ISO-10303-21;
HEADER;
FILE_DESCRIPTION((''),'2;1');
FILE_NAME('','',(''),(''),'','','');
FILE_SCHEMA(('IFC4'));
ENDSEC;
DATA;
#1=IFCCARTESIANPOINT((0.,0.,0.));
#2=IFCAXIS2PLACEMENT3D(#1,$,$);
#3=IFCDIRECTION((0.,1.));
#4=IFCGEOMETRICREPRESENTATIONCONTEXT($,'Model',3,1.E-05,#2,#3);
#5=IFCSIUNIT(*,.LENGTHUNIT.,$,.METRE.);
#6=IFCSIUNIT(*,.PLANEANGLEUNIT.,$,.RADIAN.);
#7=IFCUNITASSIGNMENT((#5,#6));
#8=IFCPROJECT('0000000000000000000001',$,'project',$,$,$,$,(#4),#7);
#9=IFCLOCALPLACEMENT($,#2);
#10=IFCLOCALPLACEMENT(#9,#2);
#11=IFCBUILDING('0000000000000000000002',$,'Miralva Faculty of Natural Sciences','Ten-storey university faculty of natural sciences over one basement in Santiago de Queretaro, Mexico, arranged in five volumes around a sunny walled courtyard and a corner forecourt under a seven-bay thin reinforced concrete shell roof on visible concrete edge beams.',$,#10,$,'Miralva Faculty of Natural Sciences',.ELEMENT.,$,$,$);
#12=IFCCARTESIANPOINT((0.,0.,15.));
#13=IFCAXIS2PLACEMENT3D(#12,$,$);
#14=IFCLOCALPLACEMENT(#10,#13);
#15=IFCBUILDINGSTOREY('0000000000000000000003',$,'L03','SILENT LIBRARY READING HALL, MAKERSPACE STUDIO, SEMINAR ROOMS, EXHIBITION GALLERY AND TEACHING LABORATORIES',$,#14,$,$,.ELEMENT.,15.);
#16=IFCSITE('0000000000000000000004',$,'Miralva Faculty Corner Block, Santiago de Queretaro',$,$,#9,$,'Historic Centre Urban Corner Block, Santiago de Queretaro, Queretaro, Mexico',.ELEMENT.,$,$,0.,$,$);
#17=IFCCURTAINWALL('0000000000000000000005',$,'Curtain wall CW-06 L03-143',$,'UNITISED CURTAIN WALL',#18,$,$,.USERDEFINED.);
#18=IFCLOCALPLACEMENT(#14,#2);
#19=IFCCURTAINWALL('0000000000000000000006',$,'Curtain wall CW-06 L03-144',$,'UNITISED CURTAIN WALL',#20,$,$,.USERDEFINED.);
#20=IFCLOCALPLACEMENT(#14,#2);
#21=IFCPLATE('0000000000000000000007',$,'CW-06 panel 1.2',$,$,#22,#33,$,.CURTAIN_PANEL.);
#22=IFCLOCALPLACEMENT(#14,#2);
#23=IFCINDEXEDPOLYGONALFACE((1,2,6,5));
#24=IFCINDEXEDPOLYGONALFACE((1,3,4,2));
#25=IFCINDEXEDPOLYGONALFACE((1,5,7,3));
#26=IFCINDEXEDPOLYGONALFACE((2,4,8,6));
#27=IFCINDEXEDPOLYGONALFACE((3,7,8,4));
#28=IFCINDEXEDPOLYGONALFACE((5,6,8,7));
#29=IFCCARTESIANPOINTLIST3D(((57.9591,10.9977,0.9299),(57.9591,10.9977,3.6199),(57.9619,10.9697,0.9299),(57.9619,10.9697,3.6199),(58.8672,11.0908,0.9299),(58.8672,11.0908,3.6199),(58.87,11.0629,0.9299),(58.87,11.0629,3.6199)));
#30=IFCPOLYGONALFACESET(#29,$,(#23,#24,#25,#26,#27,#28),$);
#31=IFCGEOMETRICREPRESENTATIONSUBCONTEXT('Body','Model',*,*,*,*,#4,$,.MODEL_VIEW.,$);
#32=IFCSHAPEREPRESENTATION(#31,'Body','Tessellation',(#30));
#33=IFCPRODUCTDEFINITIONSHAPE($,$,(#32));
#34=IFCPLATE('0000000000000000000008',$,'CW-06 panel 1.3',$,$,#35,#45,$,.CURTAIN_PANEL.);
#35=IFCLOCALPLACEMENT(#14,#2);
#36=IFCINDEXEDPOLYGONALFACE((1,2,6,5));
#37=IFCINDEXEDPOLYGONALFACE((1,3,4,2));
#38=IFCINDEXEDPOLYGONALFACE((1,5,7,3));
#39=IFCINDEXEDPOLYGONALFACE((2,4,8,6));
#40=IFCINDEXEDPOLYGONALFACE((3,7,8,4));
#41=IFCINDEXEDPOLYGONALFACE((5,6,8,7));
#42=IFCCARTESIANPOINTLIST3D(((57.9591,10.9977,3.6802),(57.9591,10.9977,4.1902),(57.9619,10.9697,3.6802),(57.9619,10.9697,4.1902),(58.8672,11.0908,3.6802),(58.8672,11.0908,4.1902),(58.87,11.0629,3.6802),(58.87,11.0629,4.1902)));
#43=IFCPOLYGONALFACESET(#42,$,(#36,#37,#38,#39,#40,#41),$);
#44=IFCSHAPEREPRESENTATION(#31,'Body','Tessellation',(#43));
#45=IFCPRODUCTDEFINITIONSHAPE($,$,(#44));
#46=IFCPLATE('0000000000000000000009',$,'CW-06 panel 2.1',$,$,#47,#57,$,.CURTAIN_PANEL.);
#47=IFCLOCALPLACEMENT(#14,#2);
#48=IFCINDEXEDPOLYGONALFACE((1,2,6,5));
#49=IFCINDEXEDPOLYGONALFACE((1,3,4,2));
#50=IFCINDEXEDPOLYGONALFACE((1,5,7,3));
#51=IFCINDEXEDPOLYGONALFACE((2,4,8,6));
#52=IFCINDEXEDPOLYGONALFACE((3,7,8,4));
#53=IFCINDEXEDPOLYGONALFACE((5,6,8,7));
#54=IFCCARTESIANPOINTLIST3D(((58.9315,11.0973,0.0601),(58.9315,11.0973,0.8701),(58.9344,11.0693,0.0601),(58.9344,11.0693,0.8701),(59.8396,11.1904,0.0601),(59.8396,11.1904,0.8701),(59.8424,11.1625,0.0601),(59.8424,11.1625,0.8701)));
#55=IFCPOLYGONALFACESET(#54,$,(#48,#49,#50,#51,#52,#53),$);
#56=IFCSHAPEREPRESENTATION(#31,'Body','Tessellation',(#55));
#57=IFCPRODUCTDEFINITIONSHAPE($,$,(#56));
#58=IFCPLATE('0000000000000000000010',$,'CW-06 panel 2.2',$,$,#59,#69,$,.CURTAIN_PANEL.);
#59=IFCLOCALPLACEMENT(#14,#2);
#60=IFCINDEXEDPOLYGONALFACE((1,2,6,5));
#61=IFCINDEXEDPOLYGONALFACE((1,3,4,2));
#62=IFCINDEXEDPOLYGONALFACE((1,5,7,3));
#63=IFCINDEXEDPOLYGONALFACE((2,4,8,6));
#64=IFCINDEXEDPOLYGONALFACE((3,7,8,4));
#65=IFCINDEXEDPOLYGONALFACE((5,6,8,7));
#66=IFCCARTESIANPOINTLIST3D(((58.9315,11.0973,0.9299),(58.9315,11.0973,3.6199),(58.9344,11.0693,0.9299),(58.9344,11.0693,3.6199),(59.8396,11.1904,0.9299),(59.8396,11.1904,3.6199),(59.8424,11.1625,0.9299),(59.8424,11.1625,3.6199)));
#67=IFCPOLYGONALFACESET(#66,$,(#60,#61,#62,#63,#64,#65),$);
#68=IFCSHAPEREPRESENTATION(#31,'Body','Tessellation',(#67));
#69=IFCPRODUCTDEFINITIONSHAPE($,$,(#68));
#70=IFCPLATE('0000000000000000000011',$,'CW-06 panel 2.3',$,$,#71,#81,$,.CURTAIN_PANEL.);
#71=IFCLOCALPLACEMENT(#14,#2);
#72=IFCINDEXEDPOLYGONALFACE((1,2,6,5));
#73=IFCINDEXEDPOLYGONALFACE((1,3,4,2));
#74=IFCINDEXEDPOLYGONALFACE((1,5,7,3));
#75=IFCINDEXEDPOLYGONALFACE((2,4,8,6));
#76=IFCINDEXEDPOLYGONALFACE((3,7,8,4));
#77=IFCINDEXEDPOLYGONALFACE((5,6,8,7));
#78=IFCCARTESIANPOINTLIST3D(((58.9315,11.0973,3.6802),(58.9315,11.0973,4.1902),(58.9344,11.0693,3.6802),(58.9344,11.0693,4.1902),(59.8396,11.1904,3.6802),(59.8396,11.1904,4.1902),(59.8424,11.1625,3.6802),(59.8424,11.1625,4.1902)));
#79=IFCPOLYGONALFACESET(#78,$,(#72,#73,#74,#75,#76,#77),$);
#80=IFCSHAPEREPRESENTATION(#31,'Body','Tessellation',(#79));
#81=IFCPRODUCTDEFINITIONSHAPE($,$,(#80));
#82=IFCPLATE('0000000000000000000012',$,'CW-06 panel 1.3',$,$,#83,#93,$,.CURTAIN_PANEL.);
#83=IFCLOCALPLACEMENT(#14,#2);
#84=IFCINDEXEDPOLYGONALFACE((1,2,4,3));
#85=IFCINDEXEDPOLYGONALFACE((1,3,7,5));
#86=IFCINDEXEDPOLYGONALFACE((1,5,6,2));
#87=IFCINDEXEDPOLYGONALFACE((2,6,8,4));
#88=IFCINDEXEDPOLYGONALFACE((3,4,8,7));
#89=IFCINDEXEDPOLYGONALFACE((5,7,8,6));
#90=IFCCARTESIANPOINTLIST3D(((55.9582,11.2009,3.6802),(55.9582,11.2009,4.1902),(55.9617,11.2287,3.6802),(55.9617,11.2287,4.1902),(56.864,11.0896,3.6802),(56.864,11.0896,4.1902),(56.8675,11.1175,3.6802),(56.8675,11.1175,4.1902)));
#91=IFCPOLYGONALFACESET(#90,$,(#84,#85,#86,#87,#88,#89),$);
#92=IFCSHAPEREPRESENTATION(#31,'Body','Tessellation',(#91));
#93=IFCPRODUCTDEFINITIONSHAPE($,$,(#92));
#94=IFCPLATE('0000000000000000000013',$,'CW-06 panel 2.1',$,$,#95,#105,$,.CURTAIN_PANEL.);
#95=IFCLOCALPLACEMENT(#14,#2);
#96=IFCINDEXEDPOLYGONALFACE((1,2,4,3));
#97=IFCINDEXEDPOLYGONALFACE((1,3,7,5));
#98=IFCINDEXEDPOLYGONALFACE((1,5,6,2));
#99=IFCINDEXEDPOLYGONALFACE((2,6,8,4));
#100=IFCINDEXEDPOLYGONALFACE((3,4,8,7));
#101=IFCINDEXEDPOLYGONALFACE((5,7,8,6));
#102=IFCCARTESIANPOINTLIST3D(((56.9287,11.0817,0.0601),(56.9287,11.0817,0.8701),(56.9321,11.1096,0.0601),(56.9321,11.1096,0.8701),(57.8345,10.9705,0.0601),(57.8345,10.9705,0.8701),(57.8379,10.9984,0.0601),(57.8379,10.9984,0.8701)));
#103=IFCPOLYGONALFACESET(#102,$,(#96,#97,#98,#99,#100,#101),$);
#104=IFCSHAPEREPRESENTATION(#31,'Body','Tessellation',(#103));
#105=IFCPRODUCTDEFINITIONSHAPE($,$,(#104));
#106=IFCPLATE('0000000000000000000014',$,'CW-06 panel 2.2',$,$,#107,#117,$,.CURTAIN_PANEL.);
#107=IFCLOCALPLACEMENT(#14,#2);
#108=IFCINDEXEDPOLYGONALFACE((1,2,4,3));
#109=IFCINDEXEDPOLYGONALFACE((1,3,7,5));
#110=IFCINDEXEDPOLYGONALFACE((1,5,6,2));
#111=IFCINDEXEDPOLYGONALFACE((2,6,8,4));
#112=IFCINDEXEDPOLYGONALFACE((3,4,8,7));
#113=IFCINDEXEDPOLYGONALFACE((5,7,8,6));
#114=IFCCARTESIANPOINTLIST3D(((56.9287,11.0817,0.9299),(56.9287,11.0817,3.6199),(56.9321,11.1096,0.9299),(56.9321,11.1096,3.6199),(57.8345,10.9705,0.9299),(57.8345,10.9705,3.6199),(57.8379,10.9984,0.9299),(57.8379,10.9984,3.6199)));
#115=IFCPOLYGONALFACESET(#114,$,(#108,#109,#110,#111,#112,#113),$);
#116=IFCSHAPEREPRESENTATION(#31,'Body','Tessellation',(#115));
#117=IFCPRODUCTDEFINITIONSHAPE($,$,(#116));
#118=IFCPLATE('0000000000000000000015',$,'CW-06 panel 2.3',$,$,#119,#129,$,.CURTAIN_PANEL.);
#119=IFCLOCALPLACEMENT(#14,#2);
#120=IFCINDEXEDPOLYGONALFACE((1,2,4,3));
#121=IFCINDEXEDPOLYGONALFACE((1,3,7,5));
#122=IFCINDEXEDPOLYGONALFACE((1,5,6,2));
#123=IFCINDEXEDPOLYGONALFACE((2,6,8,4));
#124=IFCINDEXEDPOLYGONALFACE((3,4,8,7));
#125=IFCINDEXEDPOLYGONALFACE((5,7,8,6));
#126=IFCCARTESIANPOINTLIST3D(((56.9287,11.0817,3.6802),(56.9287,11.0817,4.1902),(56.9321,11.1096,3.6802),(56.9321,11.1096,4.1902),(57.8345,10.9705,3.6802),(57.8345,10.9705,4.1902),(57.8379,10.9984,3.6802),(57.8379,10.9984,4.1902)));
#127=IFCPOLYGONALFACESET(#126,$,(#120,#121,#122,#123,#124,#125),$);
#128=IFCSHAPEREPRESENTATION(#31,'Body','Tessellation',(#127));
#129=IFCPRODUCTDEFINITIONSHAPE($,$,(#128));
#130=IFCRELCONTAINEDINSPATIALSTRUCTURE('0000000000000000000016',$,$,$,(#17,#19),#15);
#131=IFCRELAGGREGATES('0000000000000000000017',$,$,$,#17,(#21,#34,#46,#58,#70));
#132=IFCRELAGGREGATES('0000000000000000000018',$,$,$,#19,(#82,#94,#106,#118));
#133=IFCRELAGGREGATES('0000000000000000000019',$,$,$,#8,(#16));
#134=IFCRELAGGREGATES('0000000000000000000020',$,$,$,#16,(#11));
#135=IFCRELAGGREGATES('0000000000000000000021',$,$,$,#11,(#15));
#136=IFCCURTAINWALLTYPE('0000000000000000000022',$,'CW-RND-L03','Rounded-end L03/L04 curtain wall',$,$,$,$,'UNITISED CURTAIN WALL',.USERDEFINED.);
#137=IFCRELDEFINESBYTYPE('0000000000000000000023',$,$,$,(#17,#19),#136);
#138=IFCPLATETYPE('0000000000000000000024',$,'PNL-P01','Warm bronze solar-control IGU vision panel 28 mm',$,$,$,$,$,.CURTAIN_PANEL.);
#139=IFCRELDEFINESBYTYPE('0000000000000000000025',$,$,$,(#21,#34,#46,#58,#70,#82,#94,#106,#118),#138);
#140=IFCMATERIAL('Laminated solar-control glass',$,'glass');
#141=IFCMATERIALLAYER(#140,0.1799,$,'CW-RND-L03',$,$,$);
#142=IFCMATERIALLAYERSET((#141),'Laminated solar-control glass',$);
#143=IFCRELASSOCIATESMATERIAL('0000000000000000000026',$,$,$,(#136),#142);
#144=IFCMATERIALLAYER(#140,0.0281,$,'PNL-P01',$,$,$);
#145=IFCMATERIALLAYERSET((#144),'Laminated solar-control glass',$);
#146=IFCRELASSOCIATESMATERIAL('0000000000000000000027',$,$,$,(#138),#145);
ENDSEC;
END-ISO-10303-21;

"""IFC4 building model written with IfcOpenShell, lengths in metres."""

from ifc_helpers import new_model, si_unit, direction, frame, origin, origin_2d, place, context, subcontext, project, spatial, rectangle, extrude, material, layer, layer_set, type_object, element, aggregate, save


model = new_model("IFC4")

# Units and contexts
model_context = context("Model", 3, precision=1e-05, world=origin(), true_north=direction((0.0, 1.0)))
body_context = subcontext(model_context, "Body", "Model", "MODEL_VIEW")
ifc_project = project(units=[si_unit("LENGTHUNIT", "METRE"), si_unit("PLANEANGLEUNIT", "RADIAN")], contexts=[model_context])

# Site, building, storey
site_placement = place(None, origin())
site = spatial("IfcSite", under=ifc_project, at=site_placement, Name="Miralva Faculty Corner Block, Santiago de Queretaro", LongName="Historic Centre Urban Corner Block, Santiago de Queretaro, Queretaro, Mexico", CompositionType="ELEMENT", RefElevation=0.0)
building_placement = place(site_placement, origin())
building = spatial("IfcBuilding", under=site, at=building_placement, Name="Miralva Faculty of Natural Sciences", Description="Ten-storey university faculty of natural sciences over one basement in Santiago de Queretaro, Mexico, arranged in five volumes around a sunny walled courtyard and a corner forecourt under a seven-bay thin reinforced concrete shell roof on visible concrete edge beams.", LongName="Miralva Faculty of Natural Sciences", CompositionType="ELEMENT")
storey_placement = place(building_placement, frame((0.0, 0.0, 15.0)))
storey = spatial("IfcBuildingStorey", under=building, at=storey_placement, Name="L03", Description="SILENT LIBRARY READING HALL, MAKERSPACE STUDIO, SEMINAR ROOMS, EXHIBITION GALLERY AND TEACHING LABORATORIES", CompositionType="ELEMENT", Elevation=15.0)

# Curtain walls
ifc_material_1 = material(Name="Laminated solar-control glass", Category="glass")
ifc_layer_1 = layer(ifc_material_1, 0.1799, Name="CW-RND-L03")
ifc_layer_set_1 = layer_set([ifc_layer_1], Name="Laminated solar-control glass")
curtain_wall_type = type_object("IfcCurtainWallType", Name="CW-RND-L03", Description="Rounded-end L03/L04 curtain wall", ElementType="UNITISED CURTAIN WALL", PredefinedType="USERDEFINED", material=ifc_layer_set_1)
curtain_wall_1_placement = place(storey_placement, origin())
curtain_wall_1 = element("IfcCurtainWall", 1, at=curtain_wall_1_placement, inside=storey, type_object=curtain_wall_type, Name="Curtain wall CW-06 L03-143", ObjectType="UNITISED CURTAIN WALL", PredefinedType="USERDEFINED")
curtain_wall_2_placement = place(storey_placement, origin())
curtain_wall_2 = element("IfcCurtainWall", 2, at=curtain_wall_2_placement, inside=storey, type_object=curtain_wall_type, Name="Curtain wall CW-06 L03-144", ObjectType="UNITISED CURTAIN WALL", PredefinedType="USERDEFINED")

# Plates
ifc_layer_2 = layer(ifc_material_1, 0.0281, Name="PNL-P01")
ifc_layer_set_2 = layer_set([ifc_layer_2], Name="Laminated solar-control glass")
plate_type = type_object("IfcPlateType", Name="PNL-P01", Description="Warm bronze solar-control IGU vision panel 28 mm", PredefinedType="CURTAIN_PANEL", material=ifc_layer_set_2)
plate_1_placement = place(storey_placement, frame((58.4146, 11.0303, 0.9299), z_axis=(0.0, 0.0, 1.0), x_axis=(0.994779, 0.102056, 0.0)))
plate_1 = element("IfcPlate", 3, at=plate_1_placement, type_object=plate_type, Name="CW-06 panel 1.2", PredefinedType="CURTAIN_PANEL", context=body_context, shape_type="SweptSolid", body=[
    extrude(rectangle(XDim=0.9128, YDim=0.0281, at=origin_2d()), origin(), (0.0, 0.0, 1.0), 2.6899),
])
plate_2_placement = place(storey_placement, frame((58.4146, 11.0303, 3.6802), z_axis=(0.0, 0.0, 1.0), x_axis=(0.994779, 0.102056, 0.0)))
plate_2 = element("IfcPlate", 4, at=plate_2_placement, type_object=plate_type, Name="CW-06 panel 1.3", PredefinedType="CURTAIN_PANEL", context=body_context, shape_type="SweptSolid", body=[
    extrude(rectangle(XDim=0.9128, YDim=0.0281, at=origin_2d()), origin(), (0.0, 0.0, 1.0), 0.51),
])
plate_3_placement = place(storey_placement, frame((59.387, 11.1299, 0.0601), z_axis=(0.0, 0.0, 1.0), x_axis=(0.994779, 0.102056, 0.0)))
plate_3 = element("IfcPlate", 5, at=plate_3_placement, type_object=plate_type, Name="CW-06 panel 2.1", PredefinedType="CURTAIN_PANEL", context=body_context, shape_type="SweptSolid", body=[
    extrude(rectangle(XDim=0.9128, YDim=0.0281, at=origin_2d()), origin(), (0.0, 0.0, 1.0), 0.8101),
])
plate_4_placement = place(storey_placement, frame((59.387, 11.1299, 0.9299), z_axis=(0.0, 0.0, 1.0), x_axis=(0.994779, 0.102056, 0.0)))
plate_4 = element("IfcPlate", 6, at=plate_4_placement, type_object=plate_type, Name="CW-06 panel 2.2", PredefinedType="CURTAIN_PANEL", context=body_context, shape_type="SweptSolid", body=[
    extrude(rectangle(XDim=0.9128, YDim=0.0281, at=origin_2d()), origin(), (0.0, 0.0, 1.0), 2.6899),
])
plate_5_placement = place(storey_placement, frame((59.387, 11.1299, 3.6802), z_axis=(0.0, 0.0, 1.0), x_axis=(0.994779, 0.102056, 0.0)))
plate_5 = element("IfcPlate", 7, at=plate_5_placement, type_object=plate_type, Name="CW-06 panel 2.3", PredefinedType="CURTAIN_PANEL", context=body_context, shape_type="SweptSolid", body=[
    extrude(rectangle(XDim=0.9128, YDim=0.0281, at=origin_2d()), origin(), (0.0, 0.0, 1.0), 0.51),
])
aggregate(curtain_wall_1, [plate_1, plate_2, plate_3, plate_4, plate_5])
plate_6_placement = place(storey_placement, frame((56.4128, 11.1592, 3.6802), z_axis=(0.0, 0.0, 1.0), x_axis=(0.992547, -0.12186, 0.0)))
plate_6 = element("IfcPlate", 8, at=plate_6_placement, type_object=plate_type, Name="CW-06 panel 1.3", PredefinedType="CURTAIN_PANEL", context=body_context, shape_type="SweptSolid", body=[
    extrude(rectangle(XDim=0.9126, YDim=0.0281, at=origin_2d()), origin(), (0.0, 0.0, 1.0), 0.51),
])
plate_7_placement = place(storey_placement, frame((57.3833, 11.04, 0.0601), z_axis=(0.0, 0.0, 1.0), x_axis=(0.992547, -0.12186, 0.0)))
plate_7 = element("IfcPlate", 9, at=plate_7_placement, type_object=plate_type, Name="CW-06 panel 2.1", PredefinedType="CURTAIN_PANEL", context=body_context, shape_type="SweptSolid", body=[
    extrude(rectangle(XDim=0.9126, YDim=0.0281, at=origin_2d()), origin(), (0.0, 0.0, 1.0), 0.8101),
])
plate_8_placement = place(storey_placement, frame((57.3833, 11.04, 0.9299), z_axis=(0.0, 0.0, 1.0), x_axis=(0.992547, -0.12186, 0.0)))
plate_8 = element("IfcPlate", 10, at=plate_8_placement, type_object=plate_type, Name="CW-06 panel 2.2", PredefinedType="CURTAIN_PANEL", context=body_context, shape_type="SweptSolid", body=[
    extrude(rectangle(XDim=0.9126, YDim=0.0281, at=origin_2d()), origin(), (0.0, 0.0, 1.0), 2.6899),
])
plate_9_placement = place(storey_placement, frame((57.3833, 11.04, 3.6802), z_axis=(0.0, 0.0, 1.0), x_axis=(0.992547, -0.12186, 0.0)))
plate_9 = element("IfcPlate", 11, at=plate_9_placement, type_object=plate_type, Name="CW-06 panel 2.3", PredefinedType="CURTAIN_PANEL", context=body_context, shape_type="SweptSolid", body=[
    extrude(rectangle(XDim=0.9126, YDim=0.0281, at=origin_2d()), origin(), (0.0, 0.0, 1.0), 0.51),
])
aggregate(curtain_wall_2, [plate_6, plate_7, plate_8, plate_9])

save(model, "model.ifc")
